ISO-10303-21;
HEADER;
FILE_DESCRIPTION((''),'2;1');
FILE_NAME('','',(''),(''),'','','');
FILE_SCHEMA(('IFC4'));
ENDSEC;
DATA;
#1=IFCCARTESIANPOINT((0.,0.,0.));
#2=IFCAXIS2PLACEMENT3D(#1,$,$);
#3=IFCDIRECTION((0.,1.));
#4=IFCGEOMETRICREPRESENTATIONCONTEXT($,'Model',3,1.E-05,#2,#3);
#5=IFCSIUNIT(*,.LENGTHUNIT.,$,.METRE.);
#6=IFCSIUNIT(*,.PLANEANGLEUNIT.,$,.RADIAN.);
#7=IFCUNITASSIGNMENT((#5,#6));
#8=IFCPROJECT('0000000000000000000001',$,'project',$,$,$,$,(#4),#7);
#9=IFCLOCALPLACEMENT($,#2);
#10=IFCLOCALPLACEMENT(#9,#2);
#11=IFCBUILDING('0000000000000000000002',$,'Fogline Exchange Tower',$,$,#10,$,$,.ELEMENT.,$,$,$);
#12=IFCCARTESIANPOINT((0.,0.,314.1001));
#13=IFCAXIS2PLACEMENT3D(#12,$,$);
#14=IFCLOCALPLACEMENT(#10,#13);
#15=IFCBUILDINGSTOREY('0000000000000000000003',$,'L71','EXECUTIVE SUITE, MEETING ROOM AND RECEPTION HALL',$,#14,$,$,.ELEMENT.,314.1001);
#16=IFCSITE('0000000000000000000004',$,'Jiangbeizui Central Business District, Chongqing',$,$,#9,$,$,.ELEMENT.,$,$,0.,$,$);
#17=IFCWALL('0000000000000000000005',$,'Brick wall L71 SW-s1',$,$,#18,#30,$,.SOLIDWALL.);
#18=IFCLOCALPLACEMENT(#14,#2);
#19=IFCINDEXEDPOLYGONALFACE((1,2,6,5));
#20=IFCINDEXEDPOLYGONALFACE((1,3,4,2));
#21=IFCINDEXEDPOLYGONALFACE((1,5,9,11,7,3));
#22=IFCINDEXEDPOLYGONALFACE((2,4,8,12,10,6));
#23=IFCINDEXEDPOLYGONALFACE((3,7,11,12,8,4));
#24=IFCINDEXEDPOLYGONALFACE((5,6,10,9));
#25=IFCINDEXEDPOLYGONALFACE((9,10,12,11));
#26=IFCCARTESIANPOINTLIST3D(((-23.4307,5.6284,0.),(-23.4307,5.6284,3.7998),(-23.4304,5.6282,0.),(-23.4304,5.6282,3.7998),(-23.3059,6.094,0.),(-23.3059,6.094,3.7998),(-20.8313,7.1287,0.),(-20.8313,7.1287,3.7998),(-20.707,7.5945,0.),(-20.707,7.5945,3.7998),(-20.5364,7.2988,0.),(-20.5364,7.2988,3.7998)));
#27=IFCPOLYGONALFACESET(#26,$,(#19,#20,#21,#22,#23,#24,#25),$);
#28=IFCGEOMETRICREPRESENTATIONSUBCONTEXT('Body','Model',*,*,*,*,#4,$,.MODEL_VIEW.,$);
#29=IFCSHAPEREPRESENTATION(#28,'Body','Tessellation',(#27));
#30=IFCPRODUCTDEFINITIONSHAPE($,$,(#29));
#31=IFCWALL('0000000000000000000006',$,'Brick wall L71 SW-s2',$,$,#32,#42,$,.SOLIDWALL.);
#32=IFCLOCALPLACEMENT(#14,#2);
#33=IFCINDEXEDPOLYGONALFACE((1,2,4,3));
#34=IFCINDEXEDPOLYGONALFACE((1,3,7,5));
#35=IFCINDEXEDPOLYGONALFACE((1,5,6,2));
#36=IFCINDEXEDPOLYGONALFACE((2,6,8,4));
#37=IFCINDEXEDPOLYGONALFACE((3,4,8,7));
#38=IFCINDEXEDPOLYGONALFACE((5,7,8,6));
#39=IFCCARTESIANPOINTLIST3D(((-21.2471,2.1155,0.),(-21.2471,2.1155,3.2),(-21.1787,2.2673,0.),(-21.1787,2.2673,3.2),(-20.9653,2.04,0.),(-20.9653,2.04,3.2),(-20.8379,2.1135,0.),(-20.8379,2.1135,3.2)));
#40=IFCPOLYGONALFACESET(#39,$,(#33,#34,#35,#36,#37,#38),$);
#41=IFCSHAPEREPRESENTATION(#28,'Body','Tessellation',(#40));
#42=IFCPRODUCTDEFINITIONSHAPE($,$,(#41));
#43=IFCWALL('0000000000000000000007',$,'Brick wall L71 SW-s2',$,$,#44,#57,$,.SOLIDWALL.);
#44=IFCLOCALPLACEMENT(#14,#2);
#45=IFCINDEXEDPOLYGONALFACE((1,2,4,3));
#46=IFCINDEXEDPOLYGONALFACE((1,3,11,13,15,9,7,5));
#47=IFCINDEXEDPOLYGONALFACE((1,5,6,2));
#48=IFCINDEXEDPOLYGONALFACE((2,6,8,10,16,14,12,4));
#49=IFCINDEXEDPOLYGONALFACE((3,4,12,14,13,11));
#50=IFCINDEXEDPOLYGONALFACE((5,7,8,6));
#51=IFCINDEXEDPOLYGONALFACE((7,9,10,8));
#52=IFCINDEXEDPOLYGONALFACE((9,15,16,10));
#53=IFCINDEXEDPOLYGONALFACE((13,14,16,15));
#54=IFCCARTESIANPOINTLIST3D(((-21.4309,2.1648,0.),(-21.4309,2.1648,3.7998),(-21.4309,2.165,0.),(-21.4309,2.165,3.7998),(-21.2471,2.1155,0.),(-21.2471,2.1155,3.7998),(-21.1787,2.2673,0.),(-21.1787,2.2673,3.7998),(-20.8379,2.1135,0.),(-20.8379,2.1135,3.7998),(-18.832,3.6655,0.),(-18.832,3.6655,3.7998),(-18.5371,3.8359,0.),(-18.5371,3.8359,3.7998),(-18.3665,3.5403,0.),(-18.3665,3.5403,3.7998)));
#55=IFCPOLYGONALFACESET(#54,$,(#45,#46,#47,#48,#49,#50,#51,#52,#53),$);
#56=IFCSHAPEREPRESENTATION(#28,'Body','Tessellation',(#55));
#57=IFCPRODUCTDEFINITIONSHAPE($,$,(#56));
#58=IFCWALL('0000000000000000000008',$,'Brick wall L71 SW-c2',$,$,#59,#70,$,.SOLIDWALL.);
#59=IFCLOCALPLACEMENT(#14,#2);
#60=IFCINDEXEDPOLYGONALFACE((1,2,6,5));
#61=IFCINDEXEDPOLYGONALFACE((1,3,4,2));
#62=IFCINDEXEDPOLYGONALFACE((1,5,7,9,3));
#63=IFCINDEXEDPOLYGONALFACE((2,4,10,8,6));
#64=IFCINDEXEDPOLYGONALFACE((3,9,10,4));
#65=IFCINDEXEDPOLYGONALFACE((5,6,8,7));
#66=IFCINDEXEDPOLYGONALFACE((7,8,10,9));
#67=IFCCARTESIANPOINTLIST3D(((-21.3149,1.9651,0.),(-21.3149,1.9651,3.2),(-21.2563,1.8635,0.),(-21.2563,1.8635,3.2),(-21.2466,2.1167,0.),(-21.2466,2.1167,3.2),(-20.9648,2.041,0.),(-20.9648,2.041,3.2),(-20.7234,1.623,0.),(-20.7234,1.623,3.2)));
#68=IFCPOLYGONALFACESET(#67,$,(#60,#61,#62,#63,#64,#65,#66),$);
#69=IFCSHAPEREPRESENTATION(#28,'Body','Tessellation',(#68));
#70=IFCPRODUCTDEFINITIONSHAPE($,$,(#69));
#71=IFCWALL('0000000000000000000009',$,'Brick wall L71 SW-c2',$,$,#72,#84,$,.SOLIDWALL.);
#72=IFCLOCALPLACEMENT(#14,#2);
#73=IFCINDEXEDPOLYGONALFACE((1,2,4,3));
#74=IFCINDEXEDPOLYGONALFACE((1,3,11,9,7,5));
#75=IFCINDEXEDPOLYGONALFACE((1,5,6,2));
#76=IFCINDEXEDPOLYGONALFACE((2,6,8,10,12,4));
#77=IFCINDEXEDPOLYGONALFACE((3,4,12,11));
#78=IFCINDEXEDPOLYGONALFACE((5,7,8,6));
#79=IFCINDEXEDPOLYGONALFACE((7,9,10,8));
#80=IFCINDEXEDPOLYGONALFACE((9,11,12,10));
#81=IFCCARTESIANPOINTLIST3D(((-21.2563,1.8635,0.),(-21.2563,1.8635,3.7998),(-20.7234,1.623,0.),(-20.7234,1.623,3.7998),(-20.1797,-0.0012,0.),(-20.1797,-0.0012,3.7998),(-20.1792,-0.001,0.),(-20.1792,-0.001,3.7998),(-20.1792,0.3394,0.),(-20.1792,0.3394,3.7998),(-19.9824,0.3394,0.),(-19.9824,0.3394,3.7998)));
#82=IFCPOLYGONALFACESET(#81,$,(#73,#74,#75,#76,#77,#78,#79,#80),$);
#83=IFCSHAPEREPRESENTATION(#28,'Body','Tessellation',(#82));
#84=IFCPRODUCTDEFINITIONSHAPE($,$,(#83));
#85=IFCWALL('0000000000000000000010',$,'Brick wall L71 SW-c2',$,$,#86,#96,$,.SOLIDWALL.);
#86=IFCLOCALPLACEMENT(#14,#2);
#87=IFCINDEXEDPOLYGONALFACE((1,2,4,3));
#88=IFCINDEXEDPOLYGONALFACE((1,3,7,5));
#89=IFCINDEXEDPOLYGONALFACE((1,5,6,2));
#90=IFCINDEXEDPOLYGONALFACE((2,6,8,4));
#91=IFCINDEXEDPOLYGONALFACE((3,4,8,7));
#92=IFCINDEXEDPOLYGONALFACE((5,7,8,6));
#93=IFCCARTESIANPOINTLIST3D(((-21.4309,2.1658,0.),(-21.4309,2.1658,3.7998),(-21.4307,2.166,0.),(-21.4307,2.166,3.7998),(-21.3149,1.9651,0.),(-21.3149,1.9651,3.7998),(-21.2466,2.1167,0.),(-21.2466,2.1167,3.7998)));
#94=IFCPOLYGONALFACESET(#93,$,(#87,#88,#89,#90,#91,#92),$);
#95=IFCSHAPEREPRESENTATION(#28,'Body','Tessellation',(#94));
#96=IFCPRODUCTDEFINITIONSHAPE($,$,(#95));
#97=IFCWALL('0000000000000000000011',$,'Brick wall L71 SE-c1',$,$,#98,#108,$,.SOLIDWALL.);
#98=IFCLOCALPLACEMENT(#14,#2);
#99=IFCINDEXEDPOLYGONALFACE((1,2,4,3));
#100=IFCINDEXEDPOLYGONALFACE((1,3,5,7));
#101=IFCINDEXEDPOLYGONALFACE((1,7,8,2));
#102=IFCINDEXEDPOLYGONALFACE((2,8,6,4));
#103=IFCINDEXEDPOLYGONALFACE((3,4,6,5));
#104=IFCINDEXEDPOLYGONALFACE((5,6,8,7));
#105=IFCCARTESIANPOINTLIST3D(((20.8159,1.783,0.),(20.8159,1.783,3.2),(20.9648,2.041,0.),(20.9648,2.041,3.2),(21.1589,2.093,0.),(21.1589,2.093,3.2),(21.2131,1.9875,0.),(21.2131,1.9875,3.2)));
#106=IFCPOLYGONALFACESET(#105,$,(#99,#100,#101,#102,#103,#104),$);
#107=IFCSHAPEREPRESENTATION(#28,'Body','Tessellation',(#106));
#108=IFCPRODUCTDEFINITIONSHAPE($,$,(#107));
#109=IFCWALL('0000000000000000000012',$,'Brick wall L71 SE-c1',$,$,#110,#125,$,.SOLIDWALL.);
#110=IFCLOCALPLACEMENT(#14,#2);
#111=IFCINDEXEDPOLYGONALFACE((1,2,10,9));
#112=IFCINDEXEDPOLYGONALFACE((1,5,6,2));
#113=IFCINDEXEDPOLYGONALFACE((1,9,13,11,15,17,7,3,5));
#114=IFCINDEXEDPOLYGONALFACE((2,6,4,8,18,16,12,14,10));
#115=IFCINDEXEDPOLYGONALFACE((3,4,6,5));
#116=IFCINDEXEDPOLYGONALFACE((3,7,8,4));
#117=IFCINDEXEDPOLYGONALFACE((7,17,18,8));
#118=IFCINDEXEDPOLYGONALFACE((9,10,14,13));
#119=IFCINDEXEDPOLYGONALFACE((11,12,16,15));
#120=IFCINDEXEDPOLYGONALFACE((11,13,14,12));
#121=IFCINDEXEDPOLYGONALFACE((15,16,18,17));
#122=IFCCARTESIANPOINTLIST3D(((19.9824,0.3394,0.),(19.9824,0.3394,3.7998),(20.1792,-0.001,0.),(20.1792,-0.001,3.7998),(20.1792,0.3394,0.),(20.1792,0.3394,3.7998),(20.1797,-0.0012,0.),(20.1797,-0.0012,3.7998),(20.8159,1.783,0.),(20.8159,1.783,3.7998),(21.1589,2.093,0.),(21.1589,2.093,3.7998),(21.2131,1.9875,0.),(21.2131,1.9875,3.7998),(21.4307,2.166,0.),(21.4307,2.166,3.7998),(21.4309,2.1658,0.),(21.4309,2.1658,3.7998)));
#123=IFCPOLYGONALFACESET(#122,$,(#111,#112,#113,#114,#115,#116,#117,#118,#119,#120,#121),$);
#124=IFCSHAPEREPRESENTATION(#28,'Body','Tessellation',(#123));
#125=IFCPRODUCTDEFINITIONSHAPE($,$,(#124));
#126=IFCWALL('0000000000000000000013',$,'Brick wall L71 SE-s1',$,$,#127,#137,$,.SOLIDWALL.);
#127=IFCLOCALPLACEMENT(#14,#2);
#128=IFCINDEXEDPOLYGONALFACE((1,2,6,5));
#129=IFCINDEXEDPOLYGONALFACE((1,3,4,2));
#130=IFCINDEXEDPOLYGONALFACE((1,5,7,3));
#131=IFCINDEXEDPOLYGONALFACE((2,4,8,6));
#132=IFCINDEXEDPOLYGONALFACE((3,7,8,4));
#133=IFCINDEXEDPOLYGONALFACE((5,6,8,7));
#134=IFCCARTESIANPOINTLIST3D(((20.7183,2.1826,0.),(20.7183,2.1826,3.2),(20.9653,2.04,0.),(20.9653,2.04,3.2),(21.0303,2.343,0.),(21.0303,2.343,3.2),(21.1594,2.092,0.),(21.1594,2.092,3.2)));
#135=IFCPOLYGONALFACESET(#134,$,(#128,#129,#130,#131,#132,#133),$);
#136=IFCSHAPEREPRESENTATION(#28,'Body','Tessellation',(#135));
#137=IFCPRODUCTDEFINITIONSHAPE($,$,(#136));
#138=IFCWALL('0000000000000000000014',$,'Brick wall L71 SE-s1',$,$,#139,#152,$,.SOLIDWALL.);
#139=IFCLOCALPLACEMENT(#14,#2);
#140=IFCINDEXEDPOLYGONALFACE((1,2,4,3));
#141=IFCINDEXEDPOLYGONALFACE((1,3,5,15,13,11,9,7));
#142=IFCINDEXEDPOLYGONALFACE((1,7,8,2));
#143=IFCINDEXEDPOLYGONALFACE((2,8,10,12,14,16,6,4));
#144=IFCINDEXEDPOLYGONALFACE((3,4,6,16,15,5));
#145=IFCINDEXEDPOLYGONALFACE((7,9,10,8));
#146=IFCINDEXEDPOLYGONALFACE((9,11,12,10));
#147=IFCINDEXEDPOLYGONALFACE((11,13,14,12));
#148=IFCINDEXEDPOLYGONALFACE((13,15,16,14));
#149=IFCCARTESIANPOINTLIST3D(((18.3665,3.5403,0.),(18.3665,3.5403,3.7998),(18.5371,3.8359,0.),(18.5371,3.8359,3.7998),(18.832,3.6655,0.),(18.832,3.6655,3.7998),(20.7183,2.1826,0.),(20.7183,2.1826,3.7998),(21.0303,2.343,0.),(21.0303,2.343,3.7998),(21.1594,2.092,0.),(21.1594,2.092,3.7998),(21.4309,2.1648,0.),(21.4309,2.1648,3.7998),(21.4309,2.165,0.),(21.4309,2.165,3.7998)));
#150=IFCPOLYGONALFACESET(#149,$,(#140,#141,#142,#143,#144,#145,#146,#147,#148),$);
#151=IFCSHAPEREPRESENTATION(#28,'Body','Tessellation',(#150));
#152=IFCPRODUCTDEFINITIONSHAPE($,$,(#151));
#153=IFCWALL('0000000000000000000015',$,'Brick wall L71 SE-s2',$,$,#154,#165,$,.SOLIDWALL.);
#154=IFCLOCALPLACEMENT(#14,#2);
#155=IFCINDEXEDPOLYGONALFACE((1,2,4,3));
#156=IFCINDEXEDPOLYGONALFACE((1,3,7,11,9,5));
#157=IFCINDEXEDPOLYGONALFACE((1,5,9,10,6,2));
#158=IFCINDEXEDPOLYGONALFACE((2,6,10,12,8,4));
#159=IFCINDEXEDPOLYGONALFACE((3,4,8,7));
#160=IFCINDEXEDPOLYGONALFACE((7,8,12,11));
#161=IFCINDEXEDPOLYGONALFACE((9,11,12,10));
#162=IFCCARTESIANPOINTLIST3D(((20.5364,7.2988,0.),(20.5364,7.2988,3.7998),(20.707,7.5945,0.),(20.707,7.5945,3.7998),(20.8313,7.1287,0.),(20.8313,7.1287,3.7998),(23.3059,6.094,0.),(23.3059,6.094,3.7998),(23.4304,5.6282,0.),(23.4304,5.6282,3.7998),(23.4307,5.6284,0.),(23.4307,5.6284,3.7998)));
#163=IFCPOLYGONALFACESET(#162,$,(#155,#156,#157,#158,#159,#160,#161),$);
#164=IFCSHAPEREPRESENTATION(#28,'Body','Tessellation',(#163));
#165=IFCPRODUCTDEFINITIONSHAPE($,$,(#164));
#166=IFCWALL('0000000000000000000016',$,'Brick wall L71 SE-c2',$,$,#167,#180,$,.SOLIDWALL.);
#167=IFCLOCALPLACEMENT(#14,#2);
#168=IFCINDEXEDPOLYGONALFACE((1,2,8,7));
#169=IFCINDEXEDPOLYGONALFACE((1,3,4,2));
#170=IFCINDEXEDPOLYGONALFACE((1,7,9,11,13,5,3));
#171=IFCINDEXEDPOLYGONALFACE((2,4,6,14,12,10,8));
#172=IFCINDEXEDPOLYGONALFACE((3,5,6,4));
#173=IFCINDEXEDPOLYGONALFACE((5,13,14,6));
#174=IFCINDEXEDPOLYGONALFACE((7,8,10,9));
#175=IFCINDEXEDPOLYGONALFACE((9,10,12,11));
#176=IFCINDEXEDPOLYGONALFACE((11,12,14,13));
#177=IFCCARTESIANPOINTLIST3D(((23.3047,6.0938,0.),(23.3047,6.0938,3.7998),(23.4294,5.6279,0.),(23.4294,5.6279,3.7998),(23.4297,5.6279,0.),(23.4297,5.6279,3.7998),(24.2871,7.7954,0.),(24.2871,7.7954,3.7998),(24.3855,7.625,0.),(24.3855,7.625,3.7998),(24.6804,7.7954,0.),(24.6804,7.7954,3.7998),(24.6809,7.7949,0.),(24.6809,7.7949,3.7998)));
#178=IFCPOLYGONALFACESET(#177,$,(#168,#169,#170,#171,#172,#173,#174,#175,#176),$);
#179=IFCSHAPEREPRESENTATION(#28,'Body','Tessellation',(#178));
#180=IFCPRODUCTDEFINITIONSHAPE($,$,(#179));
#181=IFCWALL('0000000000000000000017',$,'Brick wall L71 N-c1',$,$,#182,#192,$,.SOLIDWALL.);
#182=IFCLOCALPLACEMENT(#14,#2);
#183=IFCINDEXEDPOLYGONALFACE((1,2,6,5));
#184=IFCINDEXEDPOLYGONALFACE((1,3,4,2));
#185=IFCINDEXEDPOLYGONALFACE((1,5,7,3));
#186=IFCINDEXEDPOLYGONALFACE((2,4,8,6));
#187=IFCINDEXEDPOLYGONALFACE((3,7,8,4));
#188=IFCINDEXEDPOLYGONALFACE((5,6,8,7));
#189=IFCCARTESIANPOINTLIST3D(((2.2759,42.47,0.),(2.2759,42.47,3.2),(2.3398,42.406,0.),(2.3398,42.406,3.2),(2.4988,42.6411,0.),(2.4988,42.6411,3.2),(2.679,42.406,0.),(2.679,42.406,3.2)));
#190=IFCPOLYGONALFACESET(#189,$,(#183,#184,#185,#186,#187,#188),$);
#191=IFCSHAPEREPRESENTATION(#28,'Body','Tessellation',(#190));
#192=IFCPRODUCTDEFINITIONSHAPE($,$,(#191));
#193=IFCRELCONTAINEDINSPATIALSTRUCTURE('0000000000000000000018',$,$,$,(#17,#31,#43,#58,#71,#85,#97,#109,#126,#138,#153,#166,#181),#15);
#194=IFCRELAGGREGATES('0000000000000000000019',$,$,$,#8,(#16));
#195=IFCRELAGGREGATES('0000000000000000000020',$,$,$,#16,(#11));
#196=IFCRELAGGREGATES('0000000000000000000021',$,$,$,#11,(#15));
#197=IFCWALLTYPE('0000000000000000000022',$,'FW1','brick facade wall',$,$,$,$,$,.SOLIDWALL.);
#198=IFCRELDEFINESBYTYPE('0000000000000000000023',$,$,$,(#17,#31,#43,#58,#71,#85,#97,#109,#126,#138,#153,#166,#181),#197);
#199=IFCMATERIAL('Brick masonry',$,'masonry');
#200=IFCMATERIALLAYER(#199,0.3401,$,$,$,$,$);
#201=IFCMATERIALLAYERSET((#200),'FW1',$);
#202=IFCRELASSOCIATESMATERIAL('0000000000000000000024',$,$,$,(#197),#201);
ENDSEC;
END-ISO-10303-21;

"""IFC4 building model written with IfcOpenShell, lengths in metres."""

from ifc_helpers import new_model, si_unit, direction, frame, origin, place, context, subcontext, project, spatial, polyline, outline, extrude, material, layer, layer_set, type_object, element, save


model = new_model("IFC4")

# Units and contexts
model_context = context("Model", 3, precision=1e-05, world=origin(), true_north=direction((0.0, 1.0)))
body_context = subcontext(model_context, "Body", "Model", "MODEL_VIEW")
ifc_project = project(units=[si_unit("LENGTHUNIT", "METRE"), si_unit("PLANEANGLEUNIT", "RADIAN")], contexts=[model_context])

# Site, building, storey
site_placement = place(None, origin())
site = spatial("IfcSite", under=ifc_project, at=site_placement, Name="Jiangbeizui Central Business District, Chongqing", CompositionType="ELEMENT", RefElevation=0.0)
building_placement = place(site_placement, origin())
building = spatial("IfcBuilding", under=site, at=building_placement, Name="Fogline Exchange Tower", CompositionType="ELEMENT")
storey_placement = place(building_placement, frame((0.0, 0.0, 314.1001)))
storey = spatial("IfcBuildingStorey", under=building, at=storey_placement, Name="L71", Description="EXECUTIVE SUITE, MEETING ROOM AND RECEPTION HALL", CompositionType="ELEMENT", Elevation=314.1001)

# Walls
ifc_material_1 = material(Name="Brick masonry", Category="masonry")
ifc_layer_1 = layer(ifc_material_1, 0.3401)
ifc_layer_set_1 = layer_set([ifc_layer_1], Name="FW1")
wall_type_1 = type_object("IfcWallType", Name="FW1", Description="brick facade wall", PredefinedType="SOLIDWALL", material=ifc_layer_set_1)
wall_1_placement = place(storey_placement, origin())
element("IfcWall", 1, at=wall_1_placement, inside=storey, type_object=wall_type_1, Name="Brick wall L71 SW-s1", PredefinedType="SOLIDWALL", context=body_context, shape_type="SweptSolid", body=[
    extrude(outline(polyline([(-20.707, 7.5945), (-20.5364, 7.2988), (-20.8313, 7.1287), (-23.4304, 5.6282), (-23.4307, 5.6284), (-23.3059, 6.094), (-20.707, 7.5945)])), origin(), (0.0, 0.0, 1.0), 3.7998),
])
wall_2_placement = place(storey_placement, origin())
element("IfcWall", 2, at=wall_2_placement, inside=storey, type_object=wall_type_1, Name="Brick wall L71 SW-s2", PredefinedType="SOLIDWALL", context=body_context, shape_type="SweptSolid", body=[
    extrude(outline(polyline([(-20.9653, 2.04), (-21.2471, 2.1155), (-21.1787, 2.2673), (-20.8379, 2.1135), (-20.9653, 2.04)])), origin(), (0.0, 0.0, 1.0), 3.2),
])
wall_3_placement = place(storey_placement, origin())
element("IfcWall", 3, at=wall_3_placement, inside=storey, type_object=wall_type_1, Name="Brick wall L71 SW-s2", PredefinedType="SOLIDWALL", context=body_context, shape_type="SweptSolid", body=[
    extrude(outline(polyline([(-18.832, 3.6655), (-18.5371, 3.8359), (-18.3665, 3.5403), (-20.8379, 2.1135), (-21.1787, 2.2673), (-21.2471, 2.1155), (-21.4309, 2.1648), (-21.4309, 2.165), (-18.832, 3.6655)])), origin(), (0.0, 0.0, 1.0), 3.7998),
])
wall_4_placement = place(storey_placement, origin())
element("IfcWall", 4, at=wall_4_placement, inside=storey, type_object=wall_type_1, Name="Brick wall L71 SW-c2", PredefinedType="SOLIDWALL", context=body_context, shape_type="SweptSolid", body=[
    extrude(outline(polyline([(-21.3149, 1.9651), (-21.2466, 2.1167), (-20.9648, 2.041), (-20.7234, 1.623), (-21.2563, 1.8635), (-21.3149, 1.9651)])), origin(), (0.0, 0.0, 1.0), 3.2),
])
wall_5_placement = place(storey_placement, origin())
element("IfcWall", 5, at=wall_5_placement, inside=storey, type_object=wall_type_1, Name="Brick wall L71 SW-c2", PredefinedType="SOLIDWALL", context=body_context, shape_type="SweptSolid", body=[
    extrude(outline(polyline([(-20.1792, 0.3394), (-20.1792, -0.001), (-20.1797, -0.0012), (-21.2563, 1.8635), (-20.7234, 1.623), (-19.9824, 0.3394), (-20.1792, 0.3394)])), origin(), (0.0, 0.0, 1.0), 3.7998),
])
wall_6_placement = place(storey_placement, origin())
element("IfcWall", 6, at=wall_6_placement, inside=storey, type_object=wall_type_1, Name="Brick wall L71 SW-c2", PredefinedType="SOLIDWALL", context=body_context, shape_type="SweptSolid", body=[
    extrude(outline(polyline([(-21.4309, 2.1658), (-21.4307, 2.166), (-21.2466, 2.1167), (-21.3149, 1.9651), (-21.4309, 2.1658)])), origin(), (0.0, 0.0, 1.0), 3.7998),
])
wall_7_placement = place(storey_placement, origin())
element("IfcWall", 7, at=wall_7_placement, inside=storey, type_object=wall_type_1, Name="Brick wall L71 SE-c1", PredefinedType="SOLIDWALL", context=body_context, shape_type="SweptSolid", body=[
    extrude(outline(polyline([(20.9648, 2.041), (21.1589, 2.093), (21.2131, 1.9875), (20.8159, 1.783), (20.9648, 2.041)])), origin(), (0.0, 0.0, 1.0), 3.2),
])
wall_8_placement = place(storey_placement, origin())
element("IfcWall", 8, at=wall_8_placement, inside=storey, type_object=wall_type_1, Name="Brick wall L71 SE-c1", PredefinedType="SOLIDWALL", context=body_context, shape_type="SweptSolid", body=[
    extrude(outline(polyline([(20.1797, -0.0012), (20.1792, -0.001), (20.1792, 0.3394), (19.9824, 0.3394), (20.8159, 1.783), (21.2131, 1.9875), (21.1589, 2.093), (21.4307, 2.166), (21.4309, 2.1658), (20.1797, -0.0012)])), origin(), (0.0, 0.0, 1.0), 3.7998),
])
wall_9_placement = place(storey_placement, origin())
element("IfcWall", 9, at=wall_9_placement, inside=storey, type_object=wall_type_1, Name="Brick wall L71 SE-s1", PredefinedType="SOLIDWALL", context=body_context, shape_type="SweptSolid", body=[
    extrude(outline(polyline([(20.9653, 2.04), (20.7183, 2.1826), (21.0303, 2.343), (21.1594, 2.092), (20.9653, 2.04)])), origin(), (0.0, 0.0, 1.0), 3.2),
])
wall_10_placement = place(storey_placement, origin())
element("IfcWall", 10, at=wall_10_placement, inside=storey, type_object=wall_type_1, Name="Brick wall L71 SE-s1", PredefinedType="SOLIDWALL", context=body_context, shape_type="SweptSolid", body=[
    extrude(outline(polyline([(18.5371, 3.8359), (18.832, 3.6655), (21.4309, 2.165), (21.4309, 2.1648), (21.1594, 2.092), (21.0303, 2.343), (20.7183, 2.1826), (18.3665, 3.5403), (18.5371, 3.8359)])), origin(), (0.0, 0.0, 1.0), 3.7998),
])
wall_11_placement = place(storey_placement, origin())
element("IfcWall", 11, at=wall_11_placement, inside=storey, type_object=wall_type_1, Name="Brick wall L71 SE-s2", PredefinedType="SOLIDWALL", context=body_context, shape_type="SweptSolid", body=[
    extrude(outline(polyline([(23.4304, 5.6282), (20.8313, 7.1287), (20.5364, 7.2988), (20.707, 7.5945), (23.3059, 6.094), (23.4307, 5.6284), (23.4304, 5.6282)])), origin(), (0.0, 0.0, 1.0), 3.7998),
])
wall_12_placement = place(storey_placement, origin())
element("IfcWall", 12, at=wall_12_placement, inside=storey, type_object=wall_type_1, Name="Brick wall L71 SE-c2", PredefinedType="SOLIDWALL", context=body_context, shape_type="SweptSolid", body=[
    extrude(outline(polyline([(24.2871, 7.7954), (24.3855, 7.625), (24.6804, 7.7954), (24.6809, 7.7949), (23.4297, 5.6279), (23.4294, 5.6279), (23.3047, 6.0938), (24.2871, 7.7954)])), origin(), (0.0, 0.0, 1.0), 3.7998),
])
wall_13_placement = place(storey_placement, origin())
element("IfcWall", 13, at=wall_13_placement, inside=storey, type_object=wall_type_1, Name="Brick wall L71 N-c1", PredefinedType="SOLIDWALL", context=body_context, shape_type="SweptSolid", body=[
    extrude(outline(polyline([(2.3398, 42.406), (2.2759, 42.47), (2.4988, 42.6411), (2.679, 42.406), (2.3398, 42.406)])), origin(), (0.0, 0.0, 1.0), 3.2),
])

save(model, "model.ifc")
